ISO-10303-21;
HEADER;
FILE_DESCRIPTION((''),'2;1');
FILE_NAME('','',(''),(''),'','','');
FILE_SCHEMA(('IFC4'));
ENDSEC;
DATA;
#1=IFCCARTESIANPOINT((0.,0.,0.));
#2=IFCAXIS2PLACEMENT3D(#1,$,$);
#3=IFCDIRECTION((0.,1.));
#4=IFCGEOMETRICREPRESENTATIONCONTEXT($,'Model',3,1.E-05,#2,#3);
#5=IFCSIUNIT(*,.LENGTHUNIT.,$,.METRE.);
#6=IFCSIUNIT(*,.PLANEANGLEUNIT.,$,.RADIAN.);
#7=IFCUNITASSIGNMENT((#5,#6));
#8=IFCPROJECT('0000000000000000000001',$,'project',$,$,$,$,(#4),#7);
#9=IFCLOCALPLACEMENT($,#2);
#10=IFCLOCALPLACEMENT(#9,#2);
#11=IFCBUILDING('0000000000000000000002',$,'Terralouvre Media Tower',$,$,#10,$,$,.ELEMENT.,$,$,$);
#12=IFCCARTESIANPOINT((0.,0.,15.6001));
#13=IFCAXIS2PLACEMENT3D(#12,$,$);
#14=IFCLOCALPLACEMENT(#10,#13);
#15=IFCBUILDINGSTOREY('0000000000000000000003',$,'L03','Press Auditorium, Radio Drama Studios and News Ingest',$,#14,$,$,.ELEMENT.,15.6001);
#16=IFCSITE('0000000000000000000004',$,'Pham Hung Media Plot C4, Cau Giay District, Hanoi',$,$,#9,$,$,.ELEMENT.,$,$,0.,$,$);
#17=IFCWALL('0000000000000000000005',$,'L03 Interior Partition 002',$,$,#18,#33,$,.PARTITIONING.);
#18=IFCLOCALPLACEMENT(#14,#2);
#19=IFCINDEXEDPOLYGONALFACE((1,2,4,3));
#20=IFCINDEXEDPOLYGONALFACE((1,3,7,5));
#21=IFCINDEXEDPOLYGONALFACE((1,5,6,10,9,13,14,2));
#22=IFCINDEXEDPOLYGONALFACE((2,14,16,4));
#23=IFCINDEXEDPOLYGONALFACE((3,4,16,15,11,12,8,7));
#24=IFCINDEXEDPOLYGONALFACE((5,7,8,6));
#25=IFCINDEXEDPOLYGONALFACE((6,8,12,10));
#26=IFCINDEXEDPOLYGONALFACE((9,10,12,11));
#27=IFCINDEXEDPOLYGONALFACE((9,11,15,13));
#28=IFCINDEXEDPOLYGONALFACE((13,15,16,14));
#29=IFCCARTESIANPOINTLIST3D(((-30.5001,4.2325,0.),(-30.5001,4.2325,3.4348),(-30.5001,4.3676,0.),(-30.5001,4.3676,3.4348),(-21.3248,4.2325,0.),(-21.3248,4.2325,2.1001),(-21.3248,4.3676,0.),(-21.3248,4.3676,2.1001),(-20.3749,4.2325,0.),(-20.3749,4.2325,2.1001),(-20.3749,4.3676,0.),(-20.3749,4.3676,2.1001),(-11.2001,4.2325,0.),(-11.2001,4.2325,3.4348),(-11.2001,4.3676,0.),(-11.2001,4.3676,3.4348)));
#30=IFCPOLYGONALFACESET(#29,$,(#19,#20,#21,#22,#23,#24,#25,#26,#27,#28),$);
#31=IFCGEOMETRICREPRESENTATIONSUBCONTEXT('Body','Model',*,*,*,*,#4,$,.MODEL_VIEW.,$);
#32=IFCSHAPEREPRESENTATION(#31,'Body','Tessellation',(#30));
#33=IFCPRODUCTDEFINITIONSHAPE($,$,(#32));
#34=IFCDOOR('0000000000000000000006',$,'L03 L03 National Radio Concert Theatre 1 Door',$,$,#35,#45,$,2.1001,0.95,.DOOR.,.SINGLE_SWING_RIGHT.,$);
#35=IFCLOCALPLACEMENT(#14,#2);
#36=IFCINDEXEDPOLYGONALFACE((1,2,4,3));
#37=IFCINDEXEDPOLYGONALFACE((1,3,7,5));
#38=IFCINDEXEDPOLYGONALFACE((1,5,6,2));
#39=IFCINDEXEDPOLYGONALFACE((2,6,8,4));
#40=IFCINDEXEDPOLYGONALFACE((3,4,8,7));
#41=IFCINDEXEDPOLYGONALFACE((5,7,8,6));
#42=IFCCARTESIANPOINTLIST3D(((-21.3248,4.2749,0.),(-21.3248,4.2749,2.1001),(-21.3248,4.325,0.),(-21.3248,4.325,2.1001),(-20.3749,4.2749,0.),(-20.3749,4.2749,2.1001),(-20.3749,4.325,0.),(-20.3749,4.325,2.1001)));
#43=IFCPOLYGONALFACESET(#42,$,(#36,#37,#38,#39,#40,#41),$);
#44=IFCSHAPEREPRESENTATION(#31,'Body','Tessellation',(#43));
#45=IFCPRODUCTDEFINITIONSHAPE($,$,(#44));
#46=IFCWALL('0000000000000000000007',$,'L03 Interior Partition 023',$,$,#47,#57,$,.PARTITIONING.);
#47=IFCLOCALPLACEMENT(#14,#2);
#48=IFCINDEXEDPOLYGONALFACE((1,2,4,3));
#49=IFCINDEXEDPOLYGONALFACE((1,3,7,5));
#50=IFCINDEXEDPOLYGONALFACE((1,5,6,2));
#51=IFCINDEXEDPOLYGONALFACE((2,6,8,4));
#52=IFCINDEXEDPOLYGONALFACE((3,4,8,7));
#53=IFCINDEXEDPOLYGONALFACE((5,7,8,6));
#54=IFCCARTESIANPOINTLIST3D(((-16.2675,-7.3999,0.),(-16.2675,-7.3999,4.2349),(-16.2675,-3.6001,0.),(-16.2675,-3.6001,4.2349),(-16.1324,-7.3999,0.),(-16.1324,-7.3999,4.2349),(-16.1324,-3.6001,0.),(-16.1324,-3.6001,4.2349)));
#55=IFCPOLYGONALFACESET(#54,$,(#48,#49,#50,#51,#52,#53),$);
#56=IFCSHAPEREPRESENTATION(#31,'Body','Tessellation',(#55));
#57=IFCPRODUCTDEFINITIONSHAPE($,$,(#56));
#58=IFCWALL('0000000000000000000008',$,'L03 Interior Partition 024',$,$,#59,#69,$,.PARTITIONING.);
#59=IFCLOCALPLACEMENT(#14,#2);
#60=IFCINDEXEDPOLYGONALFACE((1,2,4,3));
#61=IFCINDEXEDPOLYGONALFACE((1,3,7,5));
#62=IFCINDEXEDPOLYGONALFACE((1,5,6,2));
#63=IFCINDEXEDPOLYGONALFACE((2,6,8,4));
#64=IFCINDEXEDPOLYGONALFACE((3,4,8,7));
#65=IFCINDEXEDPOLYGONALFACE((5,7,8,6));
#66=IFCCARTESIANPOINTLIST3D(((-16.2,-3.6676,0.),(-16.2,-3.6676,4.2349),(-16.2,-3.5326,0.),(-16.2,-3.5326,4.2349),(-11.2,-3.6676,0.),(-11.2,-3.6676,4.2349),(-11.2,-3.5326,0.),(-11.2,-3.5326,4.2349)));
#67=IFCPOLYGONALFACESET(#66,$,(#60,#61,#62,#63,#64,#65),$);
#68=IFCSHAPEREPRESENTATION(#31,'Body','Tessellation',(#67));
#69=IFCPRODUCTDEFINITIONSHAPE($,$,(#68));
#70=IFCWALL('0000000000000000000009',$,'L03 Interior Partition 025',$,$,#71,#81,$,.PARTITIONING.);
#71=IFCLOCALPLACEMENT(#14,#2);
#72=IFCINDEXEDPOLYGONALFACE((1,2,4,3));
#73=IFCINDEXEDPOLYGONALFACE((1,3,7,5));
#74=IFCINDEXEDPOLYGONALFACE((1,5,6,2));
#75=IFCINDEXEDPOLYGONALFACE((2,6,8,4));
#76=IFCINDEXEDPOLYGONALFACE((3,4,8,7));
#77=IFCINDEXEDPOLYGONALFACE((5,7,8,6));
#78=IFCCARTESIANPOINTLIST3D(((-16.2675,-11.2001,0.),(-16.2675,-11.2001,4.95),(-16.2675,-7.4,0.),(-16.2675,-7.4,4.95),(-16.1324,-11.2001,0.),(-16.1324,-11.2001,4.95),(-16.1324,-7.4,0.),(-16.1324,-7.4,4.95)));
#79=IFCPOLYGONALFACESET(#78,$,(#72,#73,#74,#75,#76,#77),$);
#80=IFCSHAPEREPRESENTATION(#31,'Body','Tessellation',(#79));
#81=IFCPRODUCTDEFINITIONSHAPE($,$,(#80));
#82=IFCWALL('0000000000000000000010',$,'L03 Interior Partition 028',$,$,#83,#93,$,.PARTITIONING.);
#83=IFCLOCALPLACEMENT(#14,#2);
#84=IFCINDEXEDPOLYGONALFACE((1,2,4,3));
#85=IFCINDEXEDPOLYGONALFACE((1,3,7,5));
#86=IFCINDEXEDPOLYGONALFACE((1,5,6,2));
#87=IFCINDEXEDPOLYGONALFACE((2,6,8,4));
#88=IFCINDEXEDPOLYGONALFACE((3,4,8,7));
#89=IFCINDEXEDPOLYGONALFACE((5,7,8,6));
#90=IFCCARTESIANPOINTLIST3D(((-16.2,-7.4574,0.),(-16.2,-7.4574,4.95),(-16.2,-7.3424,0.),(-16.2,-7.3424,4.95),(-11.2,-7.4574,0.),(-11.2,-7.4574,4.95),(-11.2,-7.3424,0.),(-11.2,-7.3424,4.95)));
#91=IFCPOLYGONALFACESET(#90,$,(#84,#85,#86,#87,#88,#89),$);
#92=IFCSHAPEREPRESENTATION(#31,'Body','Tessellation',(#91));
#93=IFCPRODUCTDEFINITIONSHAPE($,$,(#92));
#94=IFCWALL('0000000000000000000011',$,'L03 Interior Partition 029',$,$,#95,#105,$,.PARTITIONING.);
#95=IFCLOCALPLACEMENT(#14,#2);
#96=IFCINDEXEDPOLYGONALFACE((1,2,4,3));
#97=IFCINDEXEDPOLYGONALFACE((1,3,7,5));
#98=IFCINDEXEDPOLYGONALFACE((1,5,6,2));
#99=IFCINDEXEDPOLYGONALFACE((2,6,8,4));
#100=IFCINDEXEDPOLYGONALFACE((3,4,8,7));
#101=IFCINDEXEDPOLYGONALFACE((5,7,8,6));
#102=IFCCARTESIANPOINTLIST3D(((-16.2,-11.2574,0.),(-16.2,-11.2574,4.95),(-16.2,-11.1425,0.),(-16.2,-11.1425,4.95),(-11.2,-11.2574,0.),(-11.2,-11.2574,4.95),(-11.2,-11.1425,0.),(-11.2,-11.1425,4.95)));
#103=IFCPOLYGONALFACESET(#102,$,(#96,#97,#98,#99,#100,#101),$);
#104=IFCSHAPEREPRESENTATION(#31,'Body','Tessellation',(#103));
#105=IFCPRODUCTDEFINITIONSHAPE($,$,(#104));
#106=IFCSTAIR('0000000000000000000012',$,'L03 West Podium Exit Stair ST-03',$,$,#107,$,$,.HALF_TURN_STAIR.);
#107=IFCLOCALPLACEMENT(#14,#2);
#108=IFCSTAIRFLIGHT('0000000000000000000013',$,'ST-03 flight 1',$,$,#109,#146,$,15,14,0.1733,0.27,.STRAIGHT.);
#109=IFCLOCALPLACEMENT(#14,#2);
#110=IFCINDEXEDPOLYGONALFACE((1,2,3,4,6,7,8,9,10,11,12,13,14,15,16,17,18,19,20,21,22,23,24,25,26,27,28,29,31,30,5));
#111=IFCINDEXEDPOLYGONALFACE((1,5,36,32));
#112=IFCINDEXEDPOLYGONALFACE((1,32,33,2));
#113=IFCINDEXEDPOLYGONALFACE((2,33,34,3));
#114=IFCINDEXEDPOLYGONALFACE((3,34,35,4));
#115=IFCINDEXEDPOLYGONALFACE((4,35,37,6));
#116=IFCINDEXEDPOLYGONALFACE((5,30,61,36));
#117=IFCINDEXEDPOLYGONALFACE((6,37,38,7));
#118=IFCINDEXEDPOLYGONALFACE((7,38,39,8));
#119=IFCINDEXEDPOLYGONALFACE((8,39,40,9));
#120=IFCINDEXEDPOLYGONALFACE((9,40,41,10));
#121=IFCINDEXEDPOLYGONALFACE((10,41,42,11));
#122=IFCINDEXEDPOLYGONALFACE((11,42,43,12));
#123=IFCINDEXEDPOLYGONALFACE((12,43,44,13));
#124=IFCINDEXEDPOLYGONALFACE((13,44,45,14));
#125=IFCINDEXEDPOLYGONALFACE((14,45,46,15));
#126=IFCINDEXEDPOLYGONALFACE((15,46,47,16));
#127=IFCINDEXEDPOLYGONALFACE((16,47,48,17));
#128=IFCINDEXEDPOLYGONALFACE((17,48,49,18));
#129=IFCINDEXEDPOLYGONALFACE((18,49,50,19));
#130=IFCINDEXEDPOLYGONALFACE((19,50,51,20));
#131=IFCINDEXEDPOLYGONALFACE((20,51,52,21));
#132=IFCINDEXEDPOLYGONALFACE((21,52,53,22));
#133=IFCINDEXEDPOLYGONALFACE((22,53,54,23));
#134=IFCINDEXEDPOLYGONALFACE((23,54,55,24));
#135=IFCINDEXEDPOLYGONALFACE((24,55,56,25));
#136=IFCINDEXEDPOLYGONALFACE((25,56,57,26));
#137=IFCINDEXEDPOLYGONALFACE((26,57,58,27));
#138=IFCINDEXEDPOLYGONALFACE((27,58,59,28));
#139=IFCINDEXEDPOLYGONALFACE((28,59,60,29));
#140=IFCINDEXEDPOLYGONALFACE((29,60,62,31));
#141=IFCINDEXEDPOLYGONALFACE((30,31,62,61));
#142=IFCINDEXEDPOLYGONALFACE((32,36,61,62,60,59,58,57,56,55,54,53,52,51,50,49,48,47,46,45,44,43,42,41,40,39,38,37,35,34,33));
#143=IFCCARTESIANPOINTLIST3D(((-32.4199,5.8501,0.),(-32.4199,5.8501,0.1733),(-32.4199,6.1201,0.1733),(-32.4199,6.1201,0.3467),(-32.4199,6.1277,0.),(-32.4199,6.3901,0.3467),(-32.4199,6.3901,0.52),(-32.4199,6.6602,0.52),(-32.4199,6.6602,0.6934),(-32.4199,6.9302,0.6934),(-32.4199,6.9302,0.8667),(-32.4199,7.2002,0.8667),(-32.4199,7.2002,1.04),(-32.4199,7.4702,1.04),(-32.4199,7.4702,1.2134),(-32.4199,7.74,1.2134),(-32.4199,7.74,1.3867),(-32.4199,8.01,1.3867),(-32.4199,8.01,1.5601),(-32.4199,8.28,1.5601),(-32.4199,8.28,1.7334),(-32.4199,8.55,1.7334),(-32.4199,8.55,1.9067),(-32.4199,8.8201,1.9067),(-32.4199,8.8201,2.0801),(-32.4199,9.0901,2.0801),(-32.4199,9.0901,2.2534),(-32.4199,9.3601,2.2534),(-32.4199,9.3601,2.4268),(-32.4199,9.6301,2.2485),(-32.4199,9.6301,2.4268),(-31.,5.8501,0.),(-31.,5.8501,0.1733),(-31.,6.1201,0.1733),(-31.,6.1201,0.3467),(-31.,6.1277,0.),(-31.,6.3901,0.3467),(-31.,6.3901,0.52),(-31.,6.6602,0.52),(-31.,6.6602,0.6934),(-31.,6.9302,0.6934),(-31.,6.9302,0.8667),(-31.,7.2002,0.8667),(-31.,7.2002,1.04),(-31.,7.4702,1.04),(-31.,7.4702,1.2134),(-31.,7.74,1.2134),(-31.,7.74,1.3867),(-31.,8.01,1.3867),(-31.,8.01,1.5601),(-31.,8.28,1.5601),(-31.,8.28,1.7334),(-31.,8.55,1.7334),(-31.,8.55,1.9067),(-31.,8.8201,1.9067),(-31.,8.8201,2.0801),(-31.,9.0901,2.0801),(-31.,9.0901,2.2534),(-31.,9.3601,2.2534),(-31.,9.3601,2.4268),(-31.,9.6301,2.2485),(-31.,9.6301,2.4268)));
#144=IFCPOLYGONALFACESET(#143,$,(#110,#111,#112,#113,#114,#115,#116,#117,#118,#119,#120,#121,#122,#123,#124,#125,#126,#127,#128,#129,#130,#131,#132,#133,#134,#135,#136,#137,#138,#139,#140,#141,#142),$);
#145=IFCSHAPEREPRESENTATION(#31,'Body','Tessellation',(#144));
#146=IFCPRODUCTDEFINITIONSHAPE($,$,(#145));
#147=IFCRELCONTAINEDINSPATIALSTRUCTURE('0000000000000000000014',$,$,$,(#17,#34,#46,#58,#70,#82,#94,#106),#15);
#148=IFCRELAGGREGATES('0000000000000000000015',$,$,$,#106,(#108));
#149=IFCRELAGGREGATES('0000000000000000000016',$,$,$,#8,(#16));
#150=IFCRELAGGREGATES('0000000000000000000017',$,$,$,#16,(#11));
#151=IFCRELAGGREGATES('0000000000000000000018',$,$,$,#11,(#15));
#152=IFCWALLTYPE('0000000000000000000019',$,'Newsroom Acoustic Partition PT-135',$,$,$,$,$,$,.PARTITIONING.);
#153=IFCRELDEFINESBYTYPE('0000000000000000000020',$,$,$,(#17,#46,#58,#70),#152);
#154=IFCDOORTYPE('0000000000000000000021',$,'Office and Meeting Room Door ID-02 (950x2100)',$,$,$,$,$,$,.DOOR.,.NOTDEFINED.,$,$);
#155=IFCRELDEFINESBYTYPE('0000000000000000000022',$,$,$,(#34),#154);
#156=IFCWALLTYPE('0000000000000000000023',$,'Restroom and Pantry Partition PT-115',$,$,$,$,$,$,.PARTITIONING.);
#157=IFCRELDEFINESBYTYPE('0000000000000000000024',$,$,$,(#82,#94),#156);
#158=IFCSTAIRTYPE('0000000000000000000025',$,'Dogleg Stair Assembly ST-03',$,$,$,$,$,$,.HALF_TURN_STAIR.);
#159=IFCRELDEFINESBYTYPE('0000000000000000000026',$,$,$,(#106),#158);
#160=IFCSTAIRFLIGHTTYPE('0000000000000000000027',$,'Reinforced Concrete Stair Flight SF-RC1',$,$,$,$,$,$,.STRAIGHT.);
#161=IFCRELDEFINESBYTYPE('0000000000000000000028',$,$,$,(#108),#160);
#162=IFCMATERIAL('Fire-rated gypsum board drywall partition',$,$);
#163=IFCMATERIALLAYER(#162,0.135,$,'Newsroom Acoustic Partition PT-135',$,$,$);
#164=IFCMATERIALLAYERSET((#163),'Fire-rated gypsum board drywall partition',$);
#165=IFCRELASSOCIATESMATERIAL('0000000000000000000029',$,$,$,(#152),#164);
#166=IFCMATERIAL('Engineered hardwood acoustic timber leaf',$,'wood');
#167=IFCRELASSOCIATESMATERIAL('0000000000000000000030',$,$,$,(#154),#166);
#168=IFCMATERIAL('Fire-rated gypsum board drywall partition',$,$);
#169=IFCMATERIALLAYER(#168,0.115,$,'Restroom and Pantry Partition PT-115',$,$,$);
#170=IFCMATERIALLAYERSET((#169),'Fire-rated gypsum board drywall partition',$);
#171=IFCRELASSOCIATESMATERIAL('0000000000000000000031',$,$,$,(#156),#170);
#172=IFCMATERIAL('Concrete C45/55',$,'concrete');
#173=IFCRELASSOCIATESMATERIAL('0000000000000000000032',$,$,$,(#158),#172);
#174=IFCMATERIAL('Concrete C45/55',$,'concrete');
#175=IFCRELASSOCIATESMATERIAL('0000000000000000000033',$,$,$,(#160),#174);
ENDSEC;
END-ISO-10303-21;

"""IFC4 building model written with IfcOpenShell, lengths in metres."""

from ifc_helpers import new_model, si_unit, direction, frame, frame_2d, origin, place, context, subcontext, project, spatial, polyline, rectangle, outline, extrude, material, layer, layer_set, type_object, element, fill, aggregate, save


model = new_model("IFC4")

# Units and contexts
model_context = context("Model", 3, precision=1e-05, world=origin(), true_north=direction((0.0, 1.0)))
body_context = subcontext(model_context, "Body", "Model", "MODEL_VIEW")
ifc_project = project(units=[si_unit("LENGTHUNIT", "METRE"), si_unit("PLANEANGLEUNIT", "RADIAN")], contexts=[model_context])

# Site, building, storey
site_placement = place(None, origin())
site = spatial("IfcSite", under=ifc_project, at=site_placement, Name="Pham Hung Media Plot C4, Cau Giay District, Hanoi", CompositionType="ELEMENT", RefElevation=0.0)
building_placement = place(site_placement, origin())
building = spatial("IfcBuilding", under=site, at=building_placement, Name="Terralouvre Media Tower", CompositionType="ELEMENT")
storey_placement = place(building_placement, frame((0.0, 0.0, 15.6001)))
storey = spatial("IfcBuildingStorey", under=building, at=storey_placement, Name="L03", Description="Press Auditorium, Radio Drama Studios and News Ingest", CompositionType="ELEMENT", Elevation=15.6001)

# Wall, opening, door
ifc_material_1 = material(Name="Fire-rated gypsum board drywall partition")
ifc_layer_1 = layer(ifc_material_1, 0.135, Name="Newsroom Acoustic Partition PT-135")
ifc_layer_set_1 = layer_set([ifc_layer_1], Name="Fire-rated gypsum board drywall partition")
wall_type_1 = type_object("IfcWallType", Name="Newsroom Acoustic Partition PT-135", PredefinedType="PARTITIONING", material=ifc_layer_set_1)
wall_1_placement = place(storey_placement, frame((-30.5, 4.3, 0.0), z_axis=(0.0, 0.0, 1.0), x_axis=(1.0, 0.0, 0.0)))
wall_1 = element("IfcWall", 1, at=wall_1_placement, inside=storey, type_object=wall_type_1, Name="L03 Interior Partition 002", PredefinedType="PARTITIONING", context=body_context, shape_type="SweptSolid", body=[
    extrude(rectangle(XDim=19.3, YDim=0.135, at=frame_2d((9.6499, 0.0))), origin(), (0.0, 0.0, 1.0), 3.4348),
])
opening_1_placement = place(wall_1_placement, frame((9.175, 0.0, 0.0)))
opening_1 = element("IfcOpeningElement", 2, at=opening_1_placement, cuts=wall_1, PredefinedType="OPENING", context=body_context, shape_type="SweptSolid", body=[
    extrude(rectangle(XDim=0.95, YDim=2.1001, at=frame_2d((0.4751, 1.05))), frame((0.0, 0.0774, 0.0), z_axis=(0.0, -1.0, 0.0), x_axis=(1.0, 0.0, 0.0)), (0.0, 0.0, 1.0), 0.155),
])
ifc_material_2 = material(Name="Engineered hardwood acoustic timber leaf", Category="wood")
door_type_1 = type_object("IfcDoorType", Name="Office and Meeting Room Door ID-02 (950x2100)", OperationType="NOTDEFINED", PredefinedType="DOOR", material=ifc_material_2)
door_1_placement = place(opening_1_placement, origin())
door_1 = element("IfcDoor", 3, at=door_1_placement, inside=storey, type_object=door_type_1, Name="L03 L03 National Radio Concert Theatre 1 Door", OperationType="SINGLE_SWING_RIGHT", OverallHeight=2.1001, OverallWidth=0.95, PredefinedType="DOOR", context=body_context, shape_type="SweptSolid", body=[
    extrude(rectangle(XDim=0.95, YDim=2.1001, at=frame_2d((0.4751, 1.05))), frame((0.0, 0.0249, 0.0), z_axis=(0.0, -1.0, 0.0), x_axis=(1.0, 0.0, 0.0)), (0.0, 0.0, 1.0), 0.05),
])
fill(opening_1, door_1)

# Walls
wall_2_placement = place(storey_placement, frame((-16.2, -7.3999, 0.0), z_axis=(0.0, 0.0, 1.0), x_axis=(0.0, 1.0, 0.0)))
element("IfcWall", 4, at=wall_2_placement, inside=storey, type_object=wall_type_1, Name="L03 Interior Partition 023", PredefinedType="PARTITIONING", context=body_context, shape_type="SweptSolid", body=[
    extrude(rectangle(XDim=3.7998, YDim=0.135, at=frame_2d((1.8999, 0.0))), origin(), (0.0, 0.0, 1.0), 4.2349),
])
wall_3_placement = place(storey_placement, frame((-16.2, -3.6001, 0.0), z_axis=(0.0, 0.0, 1.0), x_axis=(1.0, 0.0, 0.0)))
element("IfcWall", 5, at=wall_3_placement, inside=storey, type_object=wall_type_1, Name="L03 Interior Partition 024", PredefinedType="PARTITIONING", context=body_context, shape_type="SweptSolid", body=[
    extrude(rectangle(XDim=5.0, YDim=0.135, at=frame_2d((2.5, 0.0))), origin(), (0.0, 0.0, 1.0), 4.2349),
])
wall_4_placement = place(storey_placement, frame((-16.2, -11.2, 0.0), z_axis=(0.0, 0.0, 1.0), x_axis=(0.0, 1.0, 0.0)))
element("IfcWall", 6, at=wall_4_placement, inside=storey, type_object=wall_type_1, Name="L03 Interior Partition 025", PredefinedType="PARTITIONING", context=body_context, shape_type="SweptSolid", body=[
    extrude(rectangle(XDim=3.8, YDim=0.135, at=frame_2d((1.8999, 0.0))), origin(), (0.0, 0.0, 1.0), 4.95),
])
ifc_material_3 = material(Name="Fire-rated gypsum board drywall partition")
ifc_layer_2 = layer(ifc_material_3, 0.115, Name="Restroom and Pantry Partition PT-115")
ifc_layer_set_2 = layer_set([ifc_layer_2], Name="Fire-rated gypsum board drywall partition")
wall_type_2 = type_object("IfcWallType", Name="Restroom and Pantry Partition PT-115", PredefinedType="PARTITIONING", material=ifc_layer_set_2)
for number, where, z_axis, x_axis, name in (
    (7, (-16.2, -7.3999, 0.0), (0.0, 0.0, 1.0), (1.0, 0.0, 0.0), "L03 Interior Partition 028"),
    (8, (-16.2, -11.2, 0.0), (0.0, 0.0, 1.0), (1.0, 0.0, 0.0), "L03 Interior Partition 029"),
):
    element("IfcWall", number, at=place(storey_placement, frame(where, z_axis=z_axis, x_axis=x_axis)), inside=storey, type_object=wall_type_2, Name=name, PredefinedType="PARTITIONING", context=body_context, shape_type="SweptSolid", body=[
        extrude(rectangle(XDim=5.0, YDim=0.115, at=frame_2d((2.5, 0.0))), origin(), (0.0, 0.0, 1.0), 4.95),
    ])

# Stair, stair flight
ifc_material_4 = material(Name="Concrete C45/55", Category="concrete")
stair_type = type_object("IfcStairType", Name="Dogleg Stair Assembly ST-03", PredefinedType="HALF_TURN_STAIR", material=ifc_material_4)
stair_placement = place(storey_placement, origin())
stair = element("IfcStair", 9, at=stair_placement, inside=storey, type_object=stair_type, Name="L03 West Podium Exit Stair ST-03", PredefinedType="HALF_TURN_STAIR")
ifc_material_5 = material(Name="Concrete C45/55", Category="concrete")
stair_flight_type = type_object("IfcStairFlightType", Name="Reinforced Concrete Stair Flight SF-RC1", PredefinedType="STRAIGHT", material=ifc_material_5)
stair_flight_placement = place(storey_placement, frame((-31.71, 5.8501, 0.0), z_axis=(0.0, 0.0, 1.0), x_axis=(0.0, 1.0, 0.0)))
stair_flight = element("IfcStairFlight", 10, at=stair_flight_placement, type_object=stair_flight_type, Name="ST-03 flight 1", NumberOfRisers=15, NumberOfTreads=14, PredefinedType="STRAIGHT", RiserHeight=0.1733, TreadLength=0.27, context=body_context, shape_type="SweptSolid", body=[
    extrude(outline(polyline([(0.0, 0.0), (0.0, 0.1733), (0.27, 0.1733), (0.27, 0.3467), (0.54, 0.3467), (0.54, 0.52), (0.8101, 0.52), (0.8101, 0.6934), (1.0801, 0.6934), (1.0801, 0.8667), (1.3501, 0.8667), (1.3501, 1.04), (1.6201, 1.04), (1.6201, 1.2134), (1.8899, 1.2134), (1.8899, 1.3867), (2.1599, 1.3867), (2.1599, 1.5601), (2.4299, 1.5601), (2.4299, 1.7334), (2.7, 1.7334), (2.7, 1.9067), (2.97, 1.9067), (2.97, 2.0801), (3.24, 2.0801), (3.24, 2.2534), (3.51, 2.2534), (3.51, 2.4268), (3.78, 2.4268), (3.78, 2.6001), (3.78, 2.2485), (0.2776, 0.0), (0.0, 0.0)])), frame((0.0, 0.71, 0.0), z_axis=(0.0, -1.0, 0.0), x_axis=(1.0, 0.0, 0.0)), (0.0, 0.0, 1.0), 1.4199),
])
aggregate(stair, [stair_flight])

save(model, "model.ifc")
